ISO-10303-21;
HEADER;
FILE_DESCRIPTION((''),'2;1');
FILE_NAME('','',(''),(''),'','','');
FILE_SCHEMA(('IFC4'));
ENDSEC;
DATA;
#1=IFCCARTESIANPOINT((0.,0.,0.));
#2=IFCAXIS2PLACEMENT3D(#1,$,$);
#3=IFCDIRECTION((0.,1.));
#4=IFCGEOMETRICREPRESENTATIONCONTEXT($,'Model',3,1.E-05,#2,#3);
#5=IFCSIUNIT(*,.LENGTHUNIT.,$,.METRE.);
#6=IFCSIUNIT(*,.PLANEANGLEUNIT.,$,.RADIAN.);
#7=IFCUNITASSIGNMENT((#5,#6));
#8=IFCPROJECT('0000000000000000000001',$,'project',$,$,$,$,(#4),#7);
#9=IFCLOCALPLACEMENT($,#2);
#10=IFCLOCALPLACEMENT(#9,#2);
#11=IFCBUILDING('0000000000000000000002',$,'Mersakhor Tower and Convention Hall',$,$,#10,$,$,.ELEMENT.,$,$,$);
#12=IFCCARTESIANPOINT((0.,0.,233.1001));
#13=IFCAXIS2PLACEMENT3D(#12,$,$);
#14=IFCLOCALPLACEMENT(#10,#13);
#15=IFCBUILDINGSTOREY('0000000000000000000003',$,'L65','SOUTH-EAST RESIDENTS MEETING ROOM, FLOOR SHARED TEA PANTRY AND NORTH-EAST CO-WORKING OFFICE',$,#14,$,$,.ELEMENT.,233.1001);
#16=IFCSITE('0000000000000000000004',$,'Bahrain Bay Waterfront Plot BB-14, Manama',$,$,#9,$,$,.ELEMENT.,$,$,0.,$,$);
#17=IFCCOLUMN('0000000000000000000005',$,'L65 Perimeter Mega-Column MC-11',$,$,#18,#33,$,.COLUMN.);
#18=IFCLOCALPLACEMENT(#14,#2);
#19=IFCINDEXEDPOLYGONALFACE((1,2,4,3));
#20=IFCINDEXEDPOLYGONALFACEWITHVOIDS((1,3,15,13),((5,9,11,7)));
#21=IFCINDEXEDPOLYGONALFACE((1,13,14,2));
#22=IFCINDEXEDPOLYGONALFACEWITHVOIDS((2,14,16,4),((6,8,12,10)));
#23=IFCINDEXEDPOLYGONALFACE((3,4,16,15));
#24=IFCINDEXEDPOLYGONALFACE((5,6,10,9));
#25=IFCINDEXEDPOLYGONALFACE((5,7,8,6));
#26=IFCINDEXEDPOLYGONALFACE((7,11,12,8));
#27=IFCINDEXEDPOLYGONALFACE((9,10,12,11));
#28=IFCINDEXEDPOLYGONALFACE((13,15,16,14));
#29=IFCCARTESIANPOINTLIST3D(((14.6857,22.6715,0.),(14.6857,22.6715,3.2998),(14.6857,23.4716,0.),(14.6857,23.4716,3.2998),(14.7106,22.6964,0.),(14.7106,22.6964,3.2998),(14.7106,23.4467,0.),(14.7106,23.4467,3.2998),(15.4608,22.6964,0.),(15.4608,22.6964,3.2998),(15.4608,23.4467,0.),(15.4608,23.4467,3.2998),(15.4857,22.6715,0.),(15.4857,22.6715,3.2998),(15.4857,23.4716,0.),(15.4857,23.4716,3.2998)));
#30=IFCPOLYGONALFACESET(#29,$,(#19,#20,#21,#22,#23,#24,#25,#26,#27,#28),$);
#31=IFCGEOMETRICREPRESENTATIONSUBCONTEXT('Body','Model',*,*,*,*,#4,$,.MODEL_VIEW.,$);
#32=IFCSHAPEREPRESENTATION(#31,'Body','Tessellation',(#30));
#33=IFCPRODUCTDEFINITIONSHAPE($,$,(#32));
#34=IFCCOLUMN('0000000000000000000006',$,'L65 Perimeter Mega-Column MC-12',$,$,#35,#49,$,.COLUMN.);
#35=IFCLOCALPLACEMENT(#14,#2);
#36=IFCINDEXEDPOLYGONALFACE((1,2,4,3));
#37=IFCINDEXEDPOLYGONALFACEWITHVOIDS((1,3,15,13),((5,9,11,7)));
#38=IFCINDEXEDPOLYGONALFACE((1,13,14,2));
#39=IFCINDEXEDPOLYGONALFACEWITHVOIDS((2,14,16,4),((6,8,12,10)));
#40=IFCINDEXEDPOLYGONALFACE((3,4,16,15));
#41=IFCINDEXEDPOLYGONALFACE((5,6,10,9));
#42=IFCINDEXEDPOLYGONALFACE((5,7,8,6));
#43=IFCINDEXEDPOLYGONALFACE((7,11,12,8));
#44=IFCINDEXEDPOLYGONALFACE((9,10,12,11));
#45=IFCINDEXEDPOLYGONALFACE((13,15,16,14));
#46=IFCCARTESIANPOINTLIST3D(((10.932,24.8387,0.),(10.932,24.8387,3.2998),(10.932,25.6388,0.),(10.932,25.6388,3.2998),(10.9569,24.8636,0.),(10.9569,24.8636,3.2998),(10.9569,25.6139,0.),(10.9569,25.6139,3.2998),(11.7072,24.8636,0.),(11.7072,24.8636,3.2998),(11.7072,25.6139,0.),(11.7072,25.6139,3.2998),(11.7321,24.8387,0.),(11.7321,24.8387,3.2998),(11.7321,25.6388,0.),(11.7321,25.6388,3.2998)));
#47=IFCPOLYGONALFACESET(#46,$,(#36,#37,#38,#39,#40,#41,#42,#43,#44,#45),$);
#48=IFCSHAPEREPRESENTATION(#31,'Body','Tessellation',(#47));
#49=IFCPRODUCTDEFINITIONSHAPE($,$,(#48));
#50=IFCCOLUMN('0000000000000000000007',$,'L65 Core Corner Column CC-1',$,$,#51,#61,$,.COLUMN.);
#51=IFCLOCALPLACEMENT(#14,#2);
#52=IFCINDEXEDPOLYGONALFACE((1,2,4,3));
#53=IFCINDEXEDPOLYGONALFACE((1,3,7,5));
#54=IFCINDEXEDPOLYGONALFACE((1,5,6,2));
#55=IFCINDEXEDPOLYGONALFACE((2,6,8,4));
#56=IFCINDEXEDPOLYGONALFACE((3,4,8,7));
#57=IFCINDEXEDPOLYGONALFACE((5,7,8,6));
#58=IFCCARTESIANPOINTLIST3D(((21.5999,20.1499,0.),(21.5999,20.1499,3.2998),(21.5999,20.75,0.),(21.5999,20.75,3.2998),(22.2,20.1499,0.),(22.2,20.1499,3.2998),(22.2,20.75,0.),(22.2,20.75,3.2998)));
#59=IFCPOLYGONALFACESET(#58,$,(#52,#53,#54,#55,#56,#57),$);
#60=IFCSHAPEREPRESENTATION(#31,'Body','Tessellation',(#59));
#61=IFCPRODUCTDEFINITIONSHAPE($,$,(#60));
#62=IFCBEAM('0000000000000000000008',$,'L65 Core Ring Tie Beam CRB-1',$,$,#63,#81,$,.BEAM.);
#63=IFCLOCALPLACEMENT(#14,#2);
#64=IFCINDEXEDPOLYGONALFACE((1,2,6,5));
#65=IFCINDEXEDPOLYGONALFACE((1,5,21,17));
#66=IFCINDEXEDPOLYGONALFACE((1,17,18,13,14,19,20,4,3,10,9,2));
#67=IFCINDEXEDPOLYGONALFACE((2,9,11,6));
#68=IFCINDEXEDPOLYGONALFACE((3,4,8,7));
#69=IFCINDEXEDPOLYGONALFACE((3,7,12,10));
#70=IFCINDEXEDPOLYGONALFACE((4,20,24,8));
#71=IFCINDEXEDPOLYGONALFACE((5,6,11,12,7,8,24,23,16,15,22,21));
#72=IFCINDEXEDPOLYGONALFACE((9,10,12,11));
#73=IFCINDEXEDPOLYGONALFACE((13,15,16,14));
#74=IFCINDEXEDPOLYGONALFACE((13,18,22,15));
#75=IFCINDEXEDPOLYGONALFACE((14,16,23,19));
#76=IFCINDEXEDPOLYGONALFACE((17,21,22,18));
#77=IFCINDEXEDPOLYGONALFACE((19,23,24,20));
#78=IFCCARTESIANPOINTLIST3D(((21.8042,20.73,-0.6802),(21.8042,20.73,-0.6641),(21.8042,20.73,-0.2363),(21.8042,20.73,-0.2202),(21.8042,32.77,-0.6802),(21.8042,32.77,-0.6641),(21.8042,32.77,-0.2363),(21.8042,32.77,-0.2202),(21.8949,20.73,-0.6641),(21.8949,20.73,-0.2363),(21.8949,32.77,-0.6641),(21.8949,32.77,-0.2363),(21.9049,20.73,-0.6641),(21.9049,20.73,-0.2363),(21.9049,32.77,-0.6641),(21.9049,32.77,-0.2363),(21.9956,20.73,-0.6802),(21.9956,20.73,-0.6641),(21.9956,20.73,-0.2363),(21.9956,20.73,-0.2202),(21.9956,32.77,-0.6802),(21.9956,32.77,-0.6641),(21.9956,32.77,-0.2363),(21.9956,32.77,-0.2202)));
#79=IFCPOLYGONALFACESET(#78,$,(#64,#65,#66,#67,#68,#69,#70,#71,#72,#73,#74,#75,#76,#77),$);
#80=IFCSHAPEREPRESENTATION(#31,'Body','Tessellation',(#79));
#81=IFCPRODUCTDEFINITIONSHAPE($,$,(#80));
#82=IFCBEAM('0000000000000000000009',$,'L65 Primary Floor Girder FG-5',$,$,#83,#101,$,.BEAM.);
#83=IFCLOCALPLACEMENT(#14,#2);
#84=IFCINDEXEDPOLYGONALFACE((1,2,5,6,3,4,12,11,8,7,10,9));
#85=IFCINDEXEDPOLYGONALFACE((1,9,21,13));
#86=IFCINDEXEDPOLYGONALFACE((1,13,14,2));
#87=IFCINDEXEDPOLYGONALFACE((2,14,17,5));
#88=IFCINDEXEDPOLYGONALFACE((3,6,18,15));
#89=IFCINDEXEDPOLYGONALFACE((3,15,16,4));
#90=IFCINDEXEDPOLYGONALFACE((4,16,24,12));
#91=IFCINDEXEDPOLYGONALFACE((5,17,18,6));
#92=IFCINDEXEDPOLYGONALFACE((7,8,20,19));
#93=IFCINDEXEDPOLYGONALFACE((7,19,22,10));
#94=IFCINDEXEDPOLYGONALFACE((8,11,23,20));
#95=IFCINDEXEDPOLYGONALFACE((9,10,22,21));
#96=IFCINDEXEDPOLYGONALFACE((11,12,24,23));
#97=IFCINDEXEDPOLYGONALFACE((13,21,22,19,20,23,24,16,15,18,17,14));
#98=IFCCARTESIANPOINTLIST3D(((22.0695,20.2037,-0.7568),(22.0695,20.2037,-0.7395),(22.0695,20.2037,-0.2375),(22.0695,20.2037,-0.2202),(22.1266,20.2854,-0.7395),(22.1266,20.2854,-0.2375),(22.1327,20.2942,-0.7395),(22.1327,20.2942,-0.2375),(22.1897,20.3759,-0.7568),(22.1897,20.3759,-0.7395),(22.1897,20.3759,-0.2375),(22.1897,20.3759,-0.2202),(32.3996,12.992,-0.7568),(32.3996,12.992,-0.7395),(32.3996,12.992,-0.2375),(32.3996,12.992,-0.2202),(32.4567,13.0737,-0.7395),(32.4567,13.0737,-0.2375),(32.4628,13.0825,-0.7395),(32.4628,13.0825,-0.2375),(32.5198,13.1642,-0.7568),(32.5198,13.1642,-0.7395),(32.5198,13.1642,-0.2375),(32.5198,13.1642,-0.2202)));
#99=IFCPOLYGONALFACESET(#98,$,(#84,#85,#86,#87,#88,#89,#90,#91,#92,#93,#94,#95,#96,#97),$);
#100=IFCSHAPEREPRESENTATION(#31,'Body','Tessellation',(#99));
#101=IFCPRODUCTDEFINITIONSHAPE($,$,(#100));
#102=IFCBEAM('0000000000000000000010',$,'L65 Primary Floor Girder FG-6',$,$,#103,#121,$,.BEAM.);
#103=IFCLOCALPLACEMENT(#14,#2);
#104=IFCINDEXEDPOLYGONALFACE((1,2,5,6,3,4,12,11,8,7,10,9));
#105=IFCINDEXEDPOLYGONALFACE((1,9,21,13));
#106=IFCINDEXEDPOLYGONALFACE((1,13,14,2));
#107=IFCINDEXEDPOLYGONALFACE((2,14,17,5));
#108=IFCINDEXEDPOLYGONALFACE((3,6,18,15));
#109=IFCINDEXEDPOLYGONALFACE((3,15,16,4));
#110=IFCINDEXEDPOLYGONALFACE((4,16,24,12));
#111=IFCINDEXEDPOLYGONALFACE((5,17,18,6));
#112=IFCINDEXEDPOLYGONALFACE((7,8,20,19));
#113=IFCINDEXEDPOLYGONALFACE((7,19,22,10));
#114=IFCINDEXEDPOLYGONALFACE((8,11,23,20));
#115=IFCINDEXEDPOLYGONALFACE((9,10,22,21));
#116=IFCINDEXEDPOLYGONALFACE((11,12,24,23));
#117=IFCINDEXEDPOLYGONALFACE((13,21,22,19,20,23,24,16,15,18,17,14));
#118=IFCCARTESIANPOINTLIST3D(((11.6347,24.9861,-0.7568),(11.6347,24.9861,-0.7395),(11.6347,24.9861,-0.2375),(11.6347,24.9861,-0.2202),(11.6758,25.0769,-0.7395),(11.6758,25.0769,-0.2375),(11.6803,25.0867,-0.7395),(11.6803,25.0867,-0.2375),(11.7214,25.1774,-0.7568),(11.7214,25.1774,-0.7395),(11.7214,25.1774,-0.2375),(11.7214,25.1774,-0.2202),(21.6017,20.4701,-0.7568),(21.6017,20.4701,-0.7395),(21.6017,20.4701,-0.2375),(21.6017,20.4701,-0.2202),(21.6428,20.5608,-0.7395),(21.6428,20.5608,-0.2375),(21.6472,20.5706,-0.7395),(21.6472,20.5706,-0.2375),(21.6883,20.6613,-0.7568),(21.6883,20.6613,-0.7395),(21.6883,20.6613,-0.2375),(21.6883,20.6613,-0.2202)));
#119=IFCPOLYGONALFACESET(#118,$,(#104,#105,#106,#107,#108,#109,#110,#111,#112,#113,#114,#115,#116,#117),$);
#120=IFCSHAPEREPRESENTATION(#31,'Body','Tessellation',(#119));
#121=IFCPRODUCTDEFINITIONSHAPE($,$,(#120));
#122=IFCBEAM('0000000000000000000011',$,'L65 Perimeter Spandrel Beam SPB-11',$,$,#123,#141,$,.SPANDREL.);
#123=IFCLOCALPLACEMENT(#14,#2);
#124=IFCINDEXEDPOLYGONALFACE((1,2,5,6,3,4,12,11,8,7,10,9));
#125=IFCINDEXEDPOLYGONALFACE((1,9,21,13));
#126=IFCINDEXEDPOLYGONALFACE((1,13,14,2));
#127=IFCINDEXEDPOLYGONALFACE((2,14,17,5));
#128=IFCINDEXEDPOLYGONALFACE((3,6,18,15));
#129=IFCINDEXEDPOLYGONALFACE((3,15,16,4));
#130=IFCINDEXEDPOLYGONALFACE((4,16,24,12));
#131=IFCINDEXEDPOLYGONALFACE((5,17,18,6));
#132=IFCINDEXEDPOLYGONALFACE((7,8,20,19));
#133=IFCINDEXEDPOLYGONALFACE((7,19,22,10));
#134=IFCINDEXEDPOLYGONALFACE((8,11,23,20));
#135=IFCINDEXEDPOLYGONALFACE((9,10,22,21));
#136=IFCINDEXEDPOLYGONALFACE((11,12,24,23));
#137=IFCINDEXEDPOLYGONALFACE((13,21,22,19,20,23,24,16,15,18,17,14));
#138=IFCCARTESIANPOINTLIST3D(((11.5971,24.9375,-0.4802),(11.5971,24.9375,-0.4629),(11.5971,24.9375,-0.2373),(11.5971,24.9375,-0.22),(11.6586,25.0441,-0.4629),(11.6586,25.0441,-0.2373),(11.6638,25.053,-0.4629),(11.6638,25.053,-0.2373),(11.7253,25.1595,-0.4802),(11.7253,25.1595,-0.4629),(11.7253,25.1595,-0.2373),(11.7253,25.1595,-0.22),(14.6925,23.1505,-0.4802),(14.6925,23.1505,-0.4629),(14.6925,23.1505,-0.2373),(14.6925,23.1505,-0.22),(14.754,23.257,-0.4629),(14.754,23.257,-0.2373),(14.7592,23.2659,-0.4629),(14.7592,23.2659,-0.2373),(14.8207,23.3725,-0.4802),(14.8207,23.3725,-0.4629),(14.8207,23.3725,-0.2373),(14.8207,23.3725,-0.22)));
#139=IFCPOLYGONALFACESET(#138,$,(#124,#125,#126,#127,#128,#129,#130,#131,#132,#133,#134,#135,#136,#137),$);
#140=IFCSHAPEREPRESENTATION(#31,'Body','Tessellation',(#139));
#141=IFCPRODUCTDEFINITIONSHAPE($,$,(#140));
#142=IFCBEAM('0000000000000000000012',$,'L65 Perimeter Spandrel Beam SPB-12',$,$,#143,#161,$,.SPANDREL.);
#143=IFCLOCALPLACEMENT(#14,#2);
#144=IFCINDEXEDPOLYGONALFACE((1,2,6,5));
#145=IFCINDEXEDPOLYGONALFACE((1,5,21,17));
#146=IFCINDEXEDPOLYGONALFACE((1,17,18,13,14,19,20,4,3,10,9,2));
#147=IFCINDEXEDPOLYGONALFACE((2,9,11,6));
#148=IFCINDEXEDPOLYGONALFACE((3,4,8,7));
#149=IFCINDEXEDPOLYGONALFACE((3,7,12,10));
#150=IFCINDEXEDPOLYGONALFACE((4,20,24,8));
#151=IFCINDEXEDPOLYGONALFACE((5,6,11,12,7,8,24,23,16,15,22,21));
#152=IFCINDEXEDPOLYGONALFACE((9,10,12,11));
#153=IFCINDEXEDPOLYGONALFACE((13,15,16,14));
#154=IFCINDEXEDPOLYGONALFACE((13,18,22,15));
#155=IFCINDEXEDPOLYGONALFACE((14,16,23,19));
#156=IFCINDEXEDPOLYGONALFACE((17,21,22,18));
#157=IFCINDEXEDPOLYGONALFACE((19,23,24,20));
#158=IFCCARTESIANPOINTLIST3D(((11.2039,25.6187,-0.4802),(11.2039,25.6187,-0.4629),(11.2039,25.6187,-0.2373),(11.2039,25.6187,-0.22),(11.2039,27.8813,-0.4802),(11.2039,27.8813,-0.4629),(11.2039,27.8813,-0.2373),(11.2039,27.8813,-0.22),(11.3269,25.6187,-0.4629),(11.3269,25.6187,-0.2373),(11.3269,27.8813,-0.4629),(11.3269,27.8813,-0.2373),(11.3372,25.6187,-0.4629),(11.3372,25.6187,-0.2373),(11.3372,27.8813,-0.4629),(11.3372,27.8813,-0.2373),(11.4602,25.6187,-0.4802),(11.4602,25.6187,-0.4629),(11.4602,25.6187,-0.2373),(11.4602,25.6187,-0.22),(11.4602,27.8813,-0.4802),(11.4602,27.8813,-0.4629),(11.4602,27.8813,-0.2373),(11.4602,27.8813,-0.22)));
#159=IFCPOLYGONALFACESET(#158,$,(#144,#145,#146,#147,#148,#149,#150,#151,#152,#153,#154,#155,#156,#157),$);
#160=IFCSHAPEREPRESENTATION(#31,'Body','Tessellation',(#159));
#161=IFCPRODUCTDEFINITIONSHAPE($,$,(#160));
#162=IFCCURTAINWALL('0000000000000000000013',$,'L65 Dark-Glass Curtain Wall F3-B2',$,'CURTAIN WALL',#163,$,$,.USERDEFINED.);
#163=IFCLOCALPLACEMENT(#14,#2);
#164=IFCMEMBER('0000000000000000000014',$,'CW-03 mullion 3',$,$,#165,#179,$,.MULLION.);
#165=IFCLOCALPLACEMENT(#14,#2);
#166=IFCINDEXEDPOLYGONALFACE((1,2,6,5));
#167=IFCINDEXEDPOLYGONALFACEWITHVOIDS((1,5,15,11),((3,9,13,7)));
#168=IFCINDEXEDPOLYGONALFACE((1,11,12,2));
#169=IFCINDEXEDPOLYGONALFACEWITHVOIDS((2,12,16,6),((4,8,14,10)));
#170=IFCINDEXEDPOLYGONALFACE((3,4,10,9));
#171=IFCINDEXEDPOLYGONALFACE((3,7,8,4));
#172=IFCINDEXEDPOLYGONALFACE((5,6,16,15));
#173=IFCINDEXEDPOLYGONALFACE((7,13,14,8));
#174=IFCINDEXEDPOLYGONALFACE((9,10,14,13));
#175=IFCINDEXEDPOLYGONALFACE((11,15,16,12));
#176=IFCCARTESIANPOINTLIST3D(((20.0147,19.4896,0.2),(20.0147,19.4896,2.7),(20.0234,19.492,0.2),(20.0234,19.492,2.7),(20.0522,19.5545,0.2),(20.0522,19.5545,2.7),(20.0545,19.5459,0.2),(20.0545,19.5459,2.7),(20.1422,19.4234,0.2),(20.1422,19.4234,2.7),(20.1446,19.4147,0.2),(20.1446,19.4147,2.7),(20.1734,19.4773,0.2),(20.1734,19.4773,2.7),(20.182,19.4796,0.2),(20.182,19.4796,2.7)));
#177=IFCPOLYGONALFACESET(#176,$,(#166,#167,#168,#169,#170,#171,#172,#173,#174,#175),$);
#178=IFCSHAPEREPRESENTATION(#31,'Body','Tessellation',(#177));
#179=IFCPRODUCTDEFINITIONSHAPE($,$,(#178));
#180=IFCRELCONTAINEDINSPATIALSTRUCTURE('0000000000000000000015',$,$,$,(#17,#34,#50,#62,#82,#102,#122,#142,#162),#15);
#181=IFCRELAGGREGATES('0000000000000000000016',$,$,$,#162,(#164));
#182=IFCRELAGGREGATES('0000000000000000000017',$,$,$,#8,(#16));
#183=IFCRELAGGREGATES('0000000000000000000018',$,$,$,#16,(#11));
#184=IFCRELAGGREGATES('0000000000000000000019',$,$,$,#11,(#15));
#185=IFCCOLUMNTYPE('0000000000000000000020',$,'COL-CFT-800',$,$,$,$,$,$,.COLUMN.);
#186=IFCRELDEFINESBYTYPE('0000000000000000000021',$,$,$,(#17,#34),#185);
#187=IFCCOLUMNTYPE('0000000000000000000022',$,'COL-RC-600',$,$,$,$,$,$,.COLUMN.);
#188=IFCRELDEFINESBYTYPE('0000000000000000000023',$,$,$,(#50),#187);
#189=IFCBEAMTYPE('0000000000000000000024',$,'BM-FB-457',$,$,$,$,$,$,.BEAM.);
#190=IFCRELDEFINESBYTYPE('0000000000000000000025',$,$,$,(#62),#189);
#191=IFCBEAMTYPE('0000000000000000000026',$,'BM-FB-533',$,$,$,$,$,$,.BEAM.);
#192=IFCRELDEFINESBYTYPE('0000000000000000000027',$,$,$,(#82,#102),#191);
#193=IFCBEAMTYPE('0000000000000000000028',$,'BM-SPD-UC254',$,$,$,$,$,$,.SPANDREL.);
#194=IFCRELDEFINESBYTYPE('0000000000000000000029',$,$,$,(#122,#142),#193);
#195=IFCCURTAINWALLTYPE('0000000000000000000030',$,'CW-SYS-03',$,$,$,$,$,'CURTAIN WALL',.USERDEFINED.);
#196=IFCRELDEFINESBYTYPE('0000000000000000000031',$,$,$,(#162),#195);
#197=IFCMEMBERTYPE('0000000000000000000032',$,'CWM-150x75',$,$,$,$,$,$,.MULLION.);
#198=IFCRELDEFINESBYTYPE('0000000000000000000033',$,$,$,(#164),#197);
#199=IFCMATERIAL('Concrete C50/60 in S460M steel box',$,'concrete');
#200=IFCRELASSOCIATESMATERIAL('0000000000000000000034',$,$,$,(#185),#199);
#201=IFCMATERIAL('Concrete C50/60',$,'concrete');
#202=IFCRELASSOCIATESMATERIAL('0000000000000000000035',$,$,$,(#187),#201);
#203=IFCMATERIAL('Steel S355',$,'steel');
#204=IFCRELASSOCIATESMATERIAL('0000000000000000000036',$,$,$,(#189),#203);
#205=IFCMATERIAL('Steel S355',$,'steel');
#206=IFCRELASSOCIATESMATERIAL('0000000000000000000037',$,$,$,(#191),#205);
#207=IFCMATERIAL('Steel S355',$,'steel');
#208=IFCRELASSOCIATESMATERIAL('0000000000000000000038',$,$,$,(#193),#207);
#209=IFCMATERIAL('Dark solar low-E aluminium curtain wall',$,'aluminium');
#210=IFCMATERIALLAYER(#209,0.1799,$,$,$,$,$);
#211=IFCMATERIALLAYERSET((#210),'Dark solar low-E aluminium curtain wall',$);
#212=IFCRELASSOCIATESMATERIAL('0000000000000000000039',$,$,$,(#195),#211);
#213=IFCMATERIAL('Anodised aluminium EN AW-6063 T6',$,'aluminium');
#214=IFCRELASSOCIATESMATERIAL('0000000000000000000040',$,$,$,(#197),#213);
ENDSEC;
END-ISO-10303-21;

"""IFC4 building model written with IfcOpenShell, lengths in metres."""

from ifc_helpers import new_model, si_unit, direction, frame, origin, origin_2d, place, context, subcontext, project, spatial, rectangle, hollow_rectangle, i_section, extrude, material, layer, layer_set, material_profile, profile_set, type_object, element, aggregate, save


model = new_model("IFC4")

# Units and contexts
model_context = context("Model", 3, precision=1e-05, world=origin(), true_north=direction((0.0, 1.0)))
body_context = subcontext(model_context, "Body", "Model", "MODEL_VIEW")
ifc_project = project(units=[si_unit("LENGTHUNIT", "METRE"), si_unit("PLANEANGLEUNIT", "RADIAN")], contexts=[model_context])

# Site, building, storey
site_placement = place(None, origin())
site = spatial("IfcSite", under=ifc_project, at=site_placement, Name="Bahrain Bay Waterfront Plot BB-14, Manama", CompositionType="ELEMENT", RefElevation=0.0)
building_placement = place(site_placement, origin())
building = spatial("IfcBuilding", under=site, at=building_placement, Name="Mersakhor Tower and Convention Hall", CompositionType="ELEMENT")
storey_placement = place(building_placement, frame((0.0, 0.0, 233.1001)))
storey = spatial("IfcBuildingStorey", under=building, at=storey_placement, Name="L65", Description="SOUTH-EAST RESIDENTS MEETING ROOM, FLOOR SHARED TEA PANTRY AND NORTH-EAST CO-WORKING OFFICE", CompositionType="ELEMENT", Elevation=233.1001)

# Columns
ifc_material_1 = material(Name="Concrete C50/60 in S460M steel box", Category="concrete")
ifc_material_profile_1 = material_profile(ifc_material_1, hollow_rectangle(XDim=0.8, YDim=0.8, WallThickness=0.0249, at=origin_2d()), Name="SHS 800x800x25")
ifc_profile_set_1 = profile_set([ifc_material_profile_1], Name="Concrete C50/60 in S460M steel box")
column_type_1 = type_object("IfcColumnType", Name="COL-CFT-800", PredefinedType="COLUMN", material=ifc_profile_set_1)
for number, where, z_axis, x_axis, name in (
    (1, (15.0857, 23.0715, 0.0), (0.0, 0.0, 1.0), (1.0, 0.0, 0.0), "L65 Perimeter Mega-Column MC-11"),
    (2, (11.332, 25.2388, 0.0), (0.0, 0.0, 1.0), (1.0, 0.0, 0.0), "L65 Perimeter Mega-Column MC-12"),
):
    element("IfcColumn", number, at=place(storey_placement, frame(where, z_axis=z_axis, x_axis=x_axis)), inside=storey, type_object=column_type_1, Name=name, PredefinedType="COLUMN", context=body_context, shape_type="SweptSolid", body=[
        extrude(hollow_rectangle(XDim=0.8, YDim=0.8, WallThickness=0.0249, at=origin_2d()), origin(), (0.0, 0.0, 1.0), 3.2998),
    ])
ifc_material_2 = material(Name="Concrete C50/60", Category="concrete")
ifc_material_profile_2 = material_profile(ifc_material_2, rectangle(XDim=0.6001, YDim=0.6001, at=origin_2d()), Name="RC 600x600")
ifc_profile_set_2 = profile_set([ifc_material_profile_2], Name="Concrete C50/60")
column_type_2 = type_object("IfcColumnType", Name="COL-RC-600", PredefinedType="COLUMN", material=ifc_profile_set_2)
column_placement = place(storey_placement, frame((21.8999, 20.45, 0.0), z_axis=(0.0, 0.0, 1.0), x_axis=(1.0, 0.0, 0.0)))
element("IfcColumn", 3, at=column_placement, inside=storey, type_object=column_type_2, Name="L65 Core Corner Column CC-1", PredefinedType="COLUMN", context=body_context, shape_type="SweptSolid", body=[
    extrude(rectangle(XDim=0.6001, YDim=0.6001, at=origin_2d()), origin(), (0.0, 0.0, 1.0), 3.2998),
])

# Beams
ifc_material_3 = material(Name="Steel S355", Category="steel")
ifc_material_profile_3 = material_profile(ifc_material_3, i_section(OverallWidth=0.1914, OverallDepth=0.46, WebThickness=0.01, FlangeThickness=0.0161, at=origin_2d()), Name="UB 457x191x82")
ifc_profile_set_3 = profile_set([ifc_material_profile_3], Name="Steel S355")
beam_type_1 = type_object("IfcBeamType", Name="BM-FB-457", PredefinedType="BEAM", material=ifc_profile_set_3)
beam_1_placement = place(storey_placement, frame((21.8999, 20.73, -0.4502), z_axis=(0.0, 1.0, 0.0), x_axis=(-1.0, 0.0, 0.0)))
element("IfcBeam", 4, at=beam_1_placement, inside=storey, type_object=beam_type_1, Name="L65 Core Ring Tie Beam CRB-1", PredefinedType="BEAM", context=body_context, shape_type="SweptSolid", body=[
    extrude(i_section(OverallWidth=0.1914, OverallDepth=0.46, WebThickness=0.01, FlangeThickness=0.0161, at=origin_2d()), origin(), (0.0, 0.0, 1.0), 12.04),
])
ifc_material_4 = material(Name="Steel S355", Category="steel")
ifc_material_profile_4 = material_profile(ifc_material_4, i_section(OverallWidth=0.21, OverallDepth=0.5366, WebThickness=0.0107, FlangeThickness=0.0173, at=origin_2d()), Name="UB 533x210x101")
ifc_profile_set_4 = profile_set([ifc_material_profile_4], Name="Steel S355")
beam_type_2 = type_object("IfcBeamType", Name="BM-FB-533", PredefinedType="BEAM", material=ifc_profile_set_4)
beam_2_placement = place(storey_placement, frame((22.1296, 20.2898, -0.4885), z_axis=(0.819954, -0.572429, 0.0), x_axis=(0.572429, 0.819954, 0.0)))
element("IfcBeam", 5, at=beam_2_placement, inside=storey, type_object=beam_type_2, Name="L65 Primary Floor Girder FG-5", PredefinedType="BEAM", context=body_context, shape_type="SweptSolid", body=[
    extrude(i_section(OverallWidth=0.21, OverallDepth=0.5366, WebThickness=0.0107, FlangeThickness=0.0173, at=origin_2d()), origin(), (0.0, 0.0, 1.0), 12.5984),
])
beam_3_placement = place(storey_placement, frame((21.645, 20.5657, -0.4885), z_axis=(-0.91086, 0.412715, 0.0), x_axis=(-0.412715, -0.91086, 0.0)))
element("IfcBeam", 6, at=beam_3_placement, inside=storey, type_object=beam_type_2, Name="L65 Primary Floor Girder FG-6", PredefinedType="BEAM", context=body_context, shape_type="SweptSolid", body=[
    extrude(i_section(OverallWidth=0.21, OverallDepth=0.5366, WebThickness=0.0107, FlangeThickness=0.0173, at=origin_2d()), origin(), (0.0, 0.0, 1.0), 10.9424),
])
ifc_material_5 = material(Name="Steel S355", Category="steel")
ifc_material_profile_5 = material_profile(ifc_material_5, i_section(OverallWidth=0.2563, OverallDepth=0.2603, WebThickness=0.0103, FlangeThickness=0.0173, at=origin_2d()), Name="UC 254x254x89")
ifc_profile_set_5 = profile_set([ifc_material_profile_5], Name="Steel S355")
beam_type_3 = type_object("IfcBeamType", Name="BM-SPD-UC254", PredefinedType="SPANDREL", material=ifc_profile_set_5)
beam_4_placement = place(storey_placement, frame((14.7566, 23.2615, -0.3501), z_axis=(-0.866032, 0.499989, 0.0), x_axis=(-0.499989, -0.866032, 0.0)))
element("IfcBeam", 7, at=beam_4_placement, inside=storey, type_object=beam_type_3, Name="L65 Perimeter Spandrel Beam SPB-11", PredefinedType="SPANDREL", context=body_context, shape_type="SweptSolid", body=[
    extrude(i_section(OverallWidth=0.2563, OverallDepth=0.2603, WebThickness=0.0103, FlangeThickness=0.0173, at=origin_2d()), origin(), (0.0, 0.0, 1.0), 3.5742),
])
beam_5_placement = place(storey_placement, frame((11.332, 25.6187, -0.3501), z_axis=(0.0, 1.0, 0.0), x_axis=(-1.0, 0.0, 0.0)))
element("IfcBeam", 8, at=beam_5_placement, inside=storey, type_object=beam_type_3, Name="L65 Perimeter Spandrel Beam SPB-12", PredefinedType="SPANDREL", context=body_context, shape_type="SweptSolid", body=[
    extrude(i_section(OverallWidth=0.2563, OverallDepth=0.2603, WebThickness=0.0103, FlangeThickness=0.0173, at=origin_2d()), origin(), (0.0, 0.0, 1.0), 2.2627),
])

# Curtain wall, member
ifc_material_6 = material(Name="Dark solar low-E aluminium curtain wall", Category="aluminium")
ifc_layer_1 = layer(ifc_material_6, 0.1799)
ifc_layer_set_1 = layer_set([ifc_layer_1], Name="Dark solar low-E aluminium curtain wall")
curtain_wall_type = type_object("IfcCurtainWallType", Name="CW-SYS-03", ElementType="CURTAIN WALL", PredefinedType="USERDEFINED", material=ifc_layer_set_1)
curtain_wall_placement = place(storey_placement, origin())
curtain_wall = element("IfcCurtainWall", 9, at=curtain_wall_placement, inside=storey, type_object=curtain_wall_type, Name="L65 Dark-Glass Curtain Wall F3-B2", ObjectType="CURTAIN WALL", PredefinedType="USERDEFINED")
ifc_material_7 = material(Name="Anodised aluminium EN AW-6063 T6", Category="aluminium")
ifc_material_profile_6 = material_profile(ifc_material_7, hollow_rectangle(XDim=0.075, YDim=0.1499, WallThickness=0.0063, at=origin_2d()), Name="RHS 150x75x6.3")
ifc_profile_set_6 = profile_set([ifc_material_profile_6], Name="Anodised aluminium EN AW-6063 T6")
member_type_1 = type_object("IfcMemberType", Name="CWM-150x75", PredefinedType="MULLION", material=ifc_profile_set_6)
member_1_placement = place(storey_placement, frame((20.0984, 19.4846, 0.2), z_axis=(0.0, 0.0, 1.0), x_axis=(-0.500004, -0.866023, 0.0)))
member_1 = element("IfcMember", 10, at=member_1_placement, type_object=member_type_1, Name="CW-03 mullion 3", PredefinedType="MULLION", context=body_context, shape_type="SweptSolid", body=[
    extrude(hollow_rectangle(XDim=0.075, YDim=0.1499, WallThickness=0.0063, at=origin_2d()), origin(), (0.0, 0.0, 1.0), 2.5),
])

aggregate(curtain_wall, [member_1])

save(model, "model.ifc")
